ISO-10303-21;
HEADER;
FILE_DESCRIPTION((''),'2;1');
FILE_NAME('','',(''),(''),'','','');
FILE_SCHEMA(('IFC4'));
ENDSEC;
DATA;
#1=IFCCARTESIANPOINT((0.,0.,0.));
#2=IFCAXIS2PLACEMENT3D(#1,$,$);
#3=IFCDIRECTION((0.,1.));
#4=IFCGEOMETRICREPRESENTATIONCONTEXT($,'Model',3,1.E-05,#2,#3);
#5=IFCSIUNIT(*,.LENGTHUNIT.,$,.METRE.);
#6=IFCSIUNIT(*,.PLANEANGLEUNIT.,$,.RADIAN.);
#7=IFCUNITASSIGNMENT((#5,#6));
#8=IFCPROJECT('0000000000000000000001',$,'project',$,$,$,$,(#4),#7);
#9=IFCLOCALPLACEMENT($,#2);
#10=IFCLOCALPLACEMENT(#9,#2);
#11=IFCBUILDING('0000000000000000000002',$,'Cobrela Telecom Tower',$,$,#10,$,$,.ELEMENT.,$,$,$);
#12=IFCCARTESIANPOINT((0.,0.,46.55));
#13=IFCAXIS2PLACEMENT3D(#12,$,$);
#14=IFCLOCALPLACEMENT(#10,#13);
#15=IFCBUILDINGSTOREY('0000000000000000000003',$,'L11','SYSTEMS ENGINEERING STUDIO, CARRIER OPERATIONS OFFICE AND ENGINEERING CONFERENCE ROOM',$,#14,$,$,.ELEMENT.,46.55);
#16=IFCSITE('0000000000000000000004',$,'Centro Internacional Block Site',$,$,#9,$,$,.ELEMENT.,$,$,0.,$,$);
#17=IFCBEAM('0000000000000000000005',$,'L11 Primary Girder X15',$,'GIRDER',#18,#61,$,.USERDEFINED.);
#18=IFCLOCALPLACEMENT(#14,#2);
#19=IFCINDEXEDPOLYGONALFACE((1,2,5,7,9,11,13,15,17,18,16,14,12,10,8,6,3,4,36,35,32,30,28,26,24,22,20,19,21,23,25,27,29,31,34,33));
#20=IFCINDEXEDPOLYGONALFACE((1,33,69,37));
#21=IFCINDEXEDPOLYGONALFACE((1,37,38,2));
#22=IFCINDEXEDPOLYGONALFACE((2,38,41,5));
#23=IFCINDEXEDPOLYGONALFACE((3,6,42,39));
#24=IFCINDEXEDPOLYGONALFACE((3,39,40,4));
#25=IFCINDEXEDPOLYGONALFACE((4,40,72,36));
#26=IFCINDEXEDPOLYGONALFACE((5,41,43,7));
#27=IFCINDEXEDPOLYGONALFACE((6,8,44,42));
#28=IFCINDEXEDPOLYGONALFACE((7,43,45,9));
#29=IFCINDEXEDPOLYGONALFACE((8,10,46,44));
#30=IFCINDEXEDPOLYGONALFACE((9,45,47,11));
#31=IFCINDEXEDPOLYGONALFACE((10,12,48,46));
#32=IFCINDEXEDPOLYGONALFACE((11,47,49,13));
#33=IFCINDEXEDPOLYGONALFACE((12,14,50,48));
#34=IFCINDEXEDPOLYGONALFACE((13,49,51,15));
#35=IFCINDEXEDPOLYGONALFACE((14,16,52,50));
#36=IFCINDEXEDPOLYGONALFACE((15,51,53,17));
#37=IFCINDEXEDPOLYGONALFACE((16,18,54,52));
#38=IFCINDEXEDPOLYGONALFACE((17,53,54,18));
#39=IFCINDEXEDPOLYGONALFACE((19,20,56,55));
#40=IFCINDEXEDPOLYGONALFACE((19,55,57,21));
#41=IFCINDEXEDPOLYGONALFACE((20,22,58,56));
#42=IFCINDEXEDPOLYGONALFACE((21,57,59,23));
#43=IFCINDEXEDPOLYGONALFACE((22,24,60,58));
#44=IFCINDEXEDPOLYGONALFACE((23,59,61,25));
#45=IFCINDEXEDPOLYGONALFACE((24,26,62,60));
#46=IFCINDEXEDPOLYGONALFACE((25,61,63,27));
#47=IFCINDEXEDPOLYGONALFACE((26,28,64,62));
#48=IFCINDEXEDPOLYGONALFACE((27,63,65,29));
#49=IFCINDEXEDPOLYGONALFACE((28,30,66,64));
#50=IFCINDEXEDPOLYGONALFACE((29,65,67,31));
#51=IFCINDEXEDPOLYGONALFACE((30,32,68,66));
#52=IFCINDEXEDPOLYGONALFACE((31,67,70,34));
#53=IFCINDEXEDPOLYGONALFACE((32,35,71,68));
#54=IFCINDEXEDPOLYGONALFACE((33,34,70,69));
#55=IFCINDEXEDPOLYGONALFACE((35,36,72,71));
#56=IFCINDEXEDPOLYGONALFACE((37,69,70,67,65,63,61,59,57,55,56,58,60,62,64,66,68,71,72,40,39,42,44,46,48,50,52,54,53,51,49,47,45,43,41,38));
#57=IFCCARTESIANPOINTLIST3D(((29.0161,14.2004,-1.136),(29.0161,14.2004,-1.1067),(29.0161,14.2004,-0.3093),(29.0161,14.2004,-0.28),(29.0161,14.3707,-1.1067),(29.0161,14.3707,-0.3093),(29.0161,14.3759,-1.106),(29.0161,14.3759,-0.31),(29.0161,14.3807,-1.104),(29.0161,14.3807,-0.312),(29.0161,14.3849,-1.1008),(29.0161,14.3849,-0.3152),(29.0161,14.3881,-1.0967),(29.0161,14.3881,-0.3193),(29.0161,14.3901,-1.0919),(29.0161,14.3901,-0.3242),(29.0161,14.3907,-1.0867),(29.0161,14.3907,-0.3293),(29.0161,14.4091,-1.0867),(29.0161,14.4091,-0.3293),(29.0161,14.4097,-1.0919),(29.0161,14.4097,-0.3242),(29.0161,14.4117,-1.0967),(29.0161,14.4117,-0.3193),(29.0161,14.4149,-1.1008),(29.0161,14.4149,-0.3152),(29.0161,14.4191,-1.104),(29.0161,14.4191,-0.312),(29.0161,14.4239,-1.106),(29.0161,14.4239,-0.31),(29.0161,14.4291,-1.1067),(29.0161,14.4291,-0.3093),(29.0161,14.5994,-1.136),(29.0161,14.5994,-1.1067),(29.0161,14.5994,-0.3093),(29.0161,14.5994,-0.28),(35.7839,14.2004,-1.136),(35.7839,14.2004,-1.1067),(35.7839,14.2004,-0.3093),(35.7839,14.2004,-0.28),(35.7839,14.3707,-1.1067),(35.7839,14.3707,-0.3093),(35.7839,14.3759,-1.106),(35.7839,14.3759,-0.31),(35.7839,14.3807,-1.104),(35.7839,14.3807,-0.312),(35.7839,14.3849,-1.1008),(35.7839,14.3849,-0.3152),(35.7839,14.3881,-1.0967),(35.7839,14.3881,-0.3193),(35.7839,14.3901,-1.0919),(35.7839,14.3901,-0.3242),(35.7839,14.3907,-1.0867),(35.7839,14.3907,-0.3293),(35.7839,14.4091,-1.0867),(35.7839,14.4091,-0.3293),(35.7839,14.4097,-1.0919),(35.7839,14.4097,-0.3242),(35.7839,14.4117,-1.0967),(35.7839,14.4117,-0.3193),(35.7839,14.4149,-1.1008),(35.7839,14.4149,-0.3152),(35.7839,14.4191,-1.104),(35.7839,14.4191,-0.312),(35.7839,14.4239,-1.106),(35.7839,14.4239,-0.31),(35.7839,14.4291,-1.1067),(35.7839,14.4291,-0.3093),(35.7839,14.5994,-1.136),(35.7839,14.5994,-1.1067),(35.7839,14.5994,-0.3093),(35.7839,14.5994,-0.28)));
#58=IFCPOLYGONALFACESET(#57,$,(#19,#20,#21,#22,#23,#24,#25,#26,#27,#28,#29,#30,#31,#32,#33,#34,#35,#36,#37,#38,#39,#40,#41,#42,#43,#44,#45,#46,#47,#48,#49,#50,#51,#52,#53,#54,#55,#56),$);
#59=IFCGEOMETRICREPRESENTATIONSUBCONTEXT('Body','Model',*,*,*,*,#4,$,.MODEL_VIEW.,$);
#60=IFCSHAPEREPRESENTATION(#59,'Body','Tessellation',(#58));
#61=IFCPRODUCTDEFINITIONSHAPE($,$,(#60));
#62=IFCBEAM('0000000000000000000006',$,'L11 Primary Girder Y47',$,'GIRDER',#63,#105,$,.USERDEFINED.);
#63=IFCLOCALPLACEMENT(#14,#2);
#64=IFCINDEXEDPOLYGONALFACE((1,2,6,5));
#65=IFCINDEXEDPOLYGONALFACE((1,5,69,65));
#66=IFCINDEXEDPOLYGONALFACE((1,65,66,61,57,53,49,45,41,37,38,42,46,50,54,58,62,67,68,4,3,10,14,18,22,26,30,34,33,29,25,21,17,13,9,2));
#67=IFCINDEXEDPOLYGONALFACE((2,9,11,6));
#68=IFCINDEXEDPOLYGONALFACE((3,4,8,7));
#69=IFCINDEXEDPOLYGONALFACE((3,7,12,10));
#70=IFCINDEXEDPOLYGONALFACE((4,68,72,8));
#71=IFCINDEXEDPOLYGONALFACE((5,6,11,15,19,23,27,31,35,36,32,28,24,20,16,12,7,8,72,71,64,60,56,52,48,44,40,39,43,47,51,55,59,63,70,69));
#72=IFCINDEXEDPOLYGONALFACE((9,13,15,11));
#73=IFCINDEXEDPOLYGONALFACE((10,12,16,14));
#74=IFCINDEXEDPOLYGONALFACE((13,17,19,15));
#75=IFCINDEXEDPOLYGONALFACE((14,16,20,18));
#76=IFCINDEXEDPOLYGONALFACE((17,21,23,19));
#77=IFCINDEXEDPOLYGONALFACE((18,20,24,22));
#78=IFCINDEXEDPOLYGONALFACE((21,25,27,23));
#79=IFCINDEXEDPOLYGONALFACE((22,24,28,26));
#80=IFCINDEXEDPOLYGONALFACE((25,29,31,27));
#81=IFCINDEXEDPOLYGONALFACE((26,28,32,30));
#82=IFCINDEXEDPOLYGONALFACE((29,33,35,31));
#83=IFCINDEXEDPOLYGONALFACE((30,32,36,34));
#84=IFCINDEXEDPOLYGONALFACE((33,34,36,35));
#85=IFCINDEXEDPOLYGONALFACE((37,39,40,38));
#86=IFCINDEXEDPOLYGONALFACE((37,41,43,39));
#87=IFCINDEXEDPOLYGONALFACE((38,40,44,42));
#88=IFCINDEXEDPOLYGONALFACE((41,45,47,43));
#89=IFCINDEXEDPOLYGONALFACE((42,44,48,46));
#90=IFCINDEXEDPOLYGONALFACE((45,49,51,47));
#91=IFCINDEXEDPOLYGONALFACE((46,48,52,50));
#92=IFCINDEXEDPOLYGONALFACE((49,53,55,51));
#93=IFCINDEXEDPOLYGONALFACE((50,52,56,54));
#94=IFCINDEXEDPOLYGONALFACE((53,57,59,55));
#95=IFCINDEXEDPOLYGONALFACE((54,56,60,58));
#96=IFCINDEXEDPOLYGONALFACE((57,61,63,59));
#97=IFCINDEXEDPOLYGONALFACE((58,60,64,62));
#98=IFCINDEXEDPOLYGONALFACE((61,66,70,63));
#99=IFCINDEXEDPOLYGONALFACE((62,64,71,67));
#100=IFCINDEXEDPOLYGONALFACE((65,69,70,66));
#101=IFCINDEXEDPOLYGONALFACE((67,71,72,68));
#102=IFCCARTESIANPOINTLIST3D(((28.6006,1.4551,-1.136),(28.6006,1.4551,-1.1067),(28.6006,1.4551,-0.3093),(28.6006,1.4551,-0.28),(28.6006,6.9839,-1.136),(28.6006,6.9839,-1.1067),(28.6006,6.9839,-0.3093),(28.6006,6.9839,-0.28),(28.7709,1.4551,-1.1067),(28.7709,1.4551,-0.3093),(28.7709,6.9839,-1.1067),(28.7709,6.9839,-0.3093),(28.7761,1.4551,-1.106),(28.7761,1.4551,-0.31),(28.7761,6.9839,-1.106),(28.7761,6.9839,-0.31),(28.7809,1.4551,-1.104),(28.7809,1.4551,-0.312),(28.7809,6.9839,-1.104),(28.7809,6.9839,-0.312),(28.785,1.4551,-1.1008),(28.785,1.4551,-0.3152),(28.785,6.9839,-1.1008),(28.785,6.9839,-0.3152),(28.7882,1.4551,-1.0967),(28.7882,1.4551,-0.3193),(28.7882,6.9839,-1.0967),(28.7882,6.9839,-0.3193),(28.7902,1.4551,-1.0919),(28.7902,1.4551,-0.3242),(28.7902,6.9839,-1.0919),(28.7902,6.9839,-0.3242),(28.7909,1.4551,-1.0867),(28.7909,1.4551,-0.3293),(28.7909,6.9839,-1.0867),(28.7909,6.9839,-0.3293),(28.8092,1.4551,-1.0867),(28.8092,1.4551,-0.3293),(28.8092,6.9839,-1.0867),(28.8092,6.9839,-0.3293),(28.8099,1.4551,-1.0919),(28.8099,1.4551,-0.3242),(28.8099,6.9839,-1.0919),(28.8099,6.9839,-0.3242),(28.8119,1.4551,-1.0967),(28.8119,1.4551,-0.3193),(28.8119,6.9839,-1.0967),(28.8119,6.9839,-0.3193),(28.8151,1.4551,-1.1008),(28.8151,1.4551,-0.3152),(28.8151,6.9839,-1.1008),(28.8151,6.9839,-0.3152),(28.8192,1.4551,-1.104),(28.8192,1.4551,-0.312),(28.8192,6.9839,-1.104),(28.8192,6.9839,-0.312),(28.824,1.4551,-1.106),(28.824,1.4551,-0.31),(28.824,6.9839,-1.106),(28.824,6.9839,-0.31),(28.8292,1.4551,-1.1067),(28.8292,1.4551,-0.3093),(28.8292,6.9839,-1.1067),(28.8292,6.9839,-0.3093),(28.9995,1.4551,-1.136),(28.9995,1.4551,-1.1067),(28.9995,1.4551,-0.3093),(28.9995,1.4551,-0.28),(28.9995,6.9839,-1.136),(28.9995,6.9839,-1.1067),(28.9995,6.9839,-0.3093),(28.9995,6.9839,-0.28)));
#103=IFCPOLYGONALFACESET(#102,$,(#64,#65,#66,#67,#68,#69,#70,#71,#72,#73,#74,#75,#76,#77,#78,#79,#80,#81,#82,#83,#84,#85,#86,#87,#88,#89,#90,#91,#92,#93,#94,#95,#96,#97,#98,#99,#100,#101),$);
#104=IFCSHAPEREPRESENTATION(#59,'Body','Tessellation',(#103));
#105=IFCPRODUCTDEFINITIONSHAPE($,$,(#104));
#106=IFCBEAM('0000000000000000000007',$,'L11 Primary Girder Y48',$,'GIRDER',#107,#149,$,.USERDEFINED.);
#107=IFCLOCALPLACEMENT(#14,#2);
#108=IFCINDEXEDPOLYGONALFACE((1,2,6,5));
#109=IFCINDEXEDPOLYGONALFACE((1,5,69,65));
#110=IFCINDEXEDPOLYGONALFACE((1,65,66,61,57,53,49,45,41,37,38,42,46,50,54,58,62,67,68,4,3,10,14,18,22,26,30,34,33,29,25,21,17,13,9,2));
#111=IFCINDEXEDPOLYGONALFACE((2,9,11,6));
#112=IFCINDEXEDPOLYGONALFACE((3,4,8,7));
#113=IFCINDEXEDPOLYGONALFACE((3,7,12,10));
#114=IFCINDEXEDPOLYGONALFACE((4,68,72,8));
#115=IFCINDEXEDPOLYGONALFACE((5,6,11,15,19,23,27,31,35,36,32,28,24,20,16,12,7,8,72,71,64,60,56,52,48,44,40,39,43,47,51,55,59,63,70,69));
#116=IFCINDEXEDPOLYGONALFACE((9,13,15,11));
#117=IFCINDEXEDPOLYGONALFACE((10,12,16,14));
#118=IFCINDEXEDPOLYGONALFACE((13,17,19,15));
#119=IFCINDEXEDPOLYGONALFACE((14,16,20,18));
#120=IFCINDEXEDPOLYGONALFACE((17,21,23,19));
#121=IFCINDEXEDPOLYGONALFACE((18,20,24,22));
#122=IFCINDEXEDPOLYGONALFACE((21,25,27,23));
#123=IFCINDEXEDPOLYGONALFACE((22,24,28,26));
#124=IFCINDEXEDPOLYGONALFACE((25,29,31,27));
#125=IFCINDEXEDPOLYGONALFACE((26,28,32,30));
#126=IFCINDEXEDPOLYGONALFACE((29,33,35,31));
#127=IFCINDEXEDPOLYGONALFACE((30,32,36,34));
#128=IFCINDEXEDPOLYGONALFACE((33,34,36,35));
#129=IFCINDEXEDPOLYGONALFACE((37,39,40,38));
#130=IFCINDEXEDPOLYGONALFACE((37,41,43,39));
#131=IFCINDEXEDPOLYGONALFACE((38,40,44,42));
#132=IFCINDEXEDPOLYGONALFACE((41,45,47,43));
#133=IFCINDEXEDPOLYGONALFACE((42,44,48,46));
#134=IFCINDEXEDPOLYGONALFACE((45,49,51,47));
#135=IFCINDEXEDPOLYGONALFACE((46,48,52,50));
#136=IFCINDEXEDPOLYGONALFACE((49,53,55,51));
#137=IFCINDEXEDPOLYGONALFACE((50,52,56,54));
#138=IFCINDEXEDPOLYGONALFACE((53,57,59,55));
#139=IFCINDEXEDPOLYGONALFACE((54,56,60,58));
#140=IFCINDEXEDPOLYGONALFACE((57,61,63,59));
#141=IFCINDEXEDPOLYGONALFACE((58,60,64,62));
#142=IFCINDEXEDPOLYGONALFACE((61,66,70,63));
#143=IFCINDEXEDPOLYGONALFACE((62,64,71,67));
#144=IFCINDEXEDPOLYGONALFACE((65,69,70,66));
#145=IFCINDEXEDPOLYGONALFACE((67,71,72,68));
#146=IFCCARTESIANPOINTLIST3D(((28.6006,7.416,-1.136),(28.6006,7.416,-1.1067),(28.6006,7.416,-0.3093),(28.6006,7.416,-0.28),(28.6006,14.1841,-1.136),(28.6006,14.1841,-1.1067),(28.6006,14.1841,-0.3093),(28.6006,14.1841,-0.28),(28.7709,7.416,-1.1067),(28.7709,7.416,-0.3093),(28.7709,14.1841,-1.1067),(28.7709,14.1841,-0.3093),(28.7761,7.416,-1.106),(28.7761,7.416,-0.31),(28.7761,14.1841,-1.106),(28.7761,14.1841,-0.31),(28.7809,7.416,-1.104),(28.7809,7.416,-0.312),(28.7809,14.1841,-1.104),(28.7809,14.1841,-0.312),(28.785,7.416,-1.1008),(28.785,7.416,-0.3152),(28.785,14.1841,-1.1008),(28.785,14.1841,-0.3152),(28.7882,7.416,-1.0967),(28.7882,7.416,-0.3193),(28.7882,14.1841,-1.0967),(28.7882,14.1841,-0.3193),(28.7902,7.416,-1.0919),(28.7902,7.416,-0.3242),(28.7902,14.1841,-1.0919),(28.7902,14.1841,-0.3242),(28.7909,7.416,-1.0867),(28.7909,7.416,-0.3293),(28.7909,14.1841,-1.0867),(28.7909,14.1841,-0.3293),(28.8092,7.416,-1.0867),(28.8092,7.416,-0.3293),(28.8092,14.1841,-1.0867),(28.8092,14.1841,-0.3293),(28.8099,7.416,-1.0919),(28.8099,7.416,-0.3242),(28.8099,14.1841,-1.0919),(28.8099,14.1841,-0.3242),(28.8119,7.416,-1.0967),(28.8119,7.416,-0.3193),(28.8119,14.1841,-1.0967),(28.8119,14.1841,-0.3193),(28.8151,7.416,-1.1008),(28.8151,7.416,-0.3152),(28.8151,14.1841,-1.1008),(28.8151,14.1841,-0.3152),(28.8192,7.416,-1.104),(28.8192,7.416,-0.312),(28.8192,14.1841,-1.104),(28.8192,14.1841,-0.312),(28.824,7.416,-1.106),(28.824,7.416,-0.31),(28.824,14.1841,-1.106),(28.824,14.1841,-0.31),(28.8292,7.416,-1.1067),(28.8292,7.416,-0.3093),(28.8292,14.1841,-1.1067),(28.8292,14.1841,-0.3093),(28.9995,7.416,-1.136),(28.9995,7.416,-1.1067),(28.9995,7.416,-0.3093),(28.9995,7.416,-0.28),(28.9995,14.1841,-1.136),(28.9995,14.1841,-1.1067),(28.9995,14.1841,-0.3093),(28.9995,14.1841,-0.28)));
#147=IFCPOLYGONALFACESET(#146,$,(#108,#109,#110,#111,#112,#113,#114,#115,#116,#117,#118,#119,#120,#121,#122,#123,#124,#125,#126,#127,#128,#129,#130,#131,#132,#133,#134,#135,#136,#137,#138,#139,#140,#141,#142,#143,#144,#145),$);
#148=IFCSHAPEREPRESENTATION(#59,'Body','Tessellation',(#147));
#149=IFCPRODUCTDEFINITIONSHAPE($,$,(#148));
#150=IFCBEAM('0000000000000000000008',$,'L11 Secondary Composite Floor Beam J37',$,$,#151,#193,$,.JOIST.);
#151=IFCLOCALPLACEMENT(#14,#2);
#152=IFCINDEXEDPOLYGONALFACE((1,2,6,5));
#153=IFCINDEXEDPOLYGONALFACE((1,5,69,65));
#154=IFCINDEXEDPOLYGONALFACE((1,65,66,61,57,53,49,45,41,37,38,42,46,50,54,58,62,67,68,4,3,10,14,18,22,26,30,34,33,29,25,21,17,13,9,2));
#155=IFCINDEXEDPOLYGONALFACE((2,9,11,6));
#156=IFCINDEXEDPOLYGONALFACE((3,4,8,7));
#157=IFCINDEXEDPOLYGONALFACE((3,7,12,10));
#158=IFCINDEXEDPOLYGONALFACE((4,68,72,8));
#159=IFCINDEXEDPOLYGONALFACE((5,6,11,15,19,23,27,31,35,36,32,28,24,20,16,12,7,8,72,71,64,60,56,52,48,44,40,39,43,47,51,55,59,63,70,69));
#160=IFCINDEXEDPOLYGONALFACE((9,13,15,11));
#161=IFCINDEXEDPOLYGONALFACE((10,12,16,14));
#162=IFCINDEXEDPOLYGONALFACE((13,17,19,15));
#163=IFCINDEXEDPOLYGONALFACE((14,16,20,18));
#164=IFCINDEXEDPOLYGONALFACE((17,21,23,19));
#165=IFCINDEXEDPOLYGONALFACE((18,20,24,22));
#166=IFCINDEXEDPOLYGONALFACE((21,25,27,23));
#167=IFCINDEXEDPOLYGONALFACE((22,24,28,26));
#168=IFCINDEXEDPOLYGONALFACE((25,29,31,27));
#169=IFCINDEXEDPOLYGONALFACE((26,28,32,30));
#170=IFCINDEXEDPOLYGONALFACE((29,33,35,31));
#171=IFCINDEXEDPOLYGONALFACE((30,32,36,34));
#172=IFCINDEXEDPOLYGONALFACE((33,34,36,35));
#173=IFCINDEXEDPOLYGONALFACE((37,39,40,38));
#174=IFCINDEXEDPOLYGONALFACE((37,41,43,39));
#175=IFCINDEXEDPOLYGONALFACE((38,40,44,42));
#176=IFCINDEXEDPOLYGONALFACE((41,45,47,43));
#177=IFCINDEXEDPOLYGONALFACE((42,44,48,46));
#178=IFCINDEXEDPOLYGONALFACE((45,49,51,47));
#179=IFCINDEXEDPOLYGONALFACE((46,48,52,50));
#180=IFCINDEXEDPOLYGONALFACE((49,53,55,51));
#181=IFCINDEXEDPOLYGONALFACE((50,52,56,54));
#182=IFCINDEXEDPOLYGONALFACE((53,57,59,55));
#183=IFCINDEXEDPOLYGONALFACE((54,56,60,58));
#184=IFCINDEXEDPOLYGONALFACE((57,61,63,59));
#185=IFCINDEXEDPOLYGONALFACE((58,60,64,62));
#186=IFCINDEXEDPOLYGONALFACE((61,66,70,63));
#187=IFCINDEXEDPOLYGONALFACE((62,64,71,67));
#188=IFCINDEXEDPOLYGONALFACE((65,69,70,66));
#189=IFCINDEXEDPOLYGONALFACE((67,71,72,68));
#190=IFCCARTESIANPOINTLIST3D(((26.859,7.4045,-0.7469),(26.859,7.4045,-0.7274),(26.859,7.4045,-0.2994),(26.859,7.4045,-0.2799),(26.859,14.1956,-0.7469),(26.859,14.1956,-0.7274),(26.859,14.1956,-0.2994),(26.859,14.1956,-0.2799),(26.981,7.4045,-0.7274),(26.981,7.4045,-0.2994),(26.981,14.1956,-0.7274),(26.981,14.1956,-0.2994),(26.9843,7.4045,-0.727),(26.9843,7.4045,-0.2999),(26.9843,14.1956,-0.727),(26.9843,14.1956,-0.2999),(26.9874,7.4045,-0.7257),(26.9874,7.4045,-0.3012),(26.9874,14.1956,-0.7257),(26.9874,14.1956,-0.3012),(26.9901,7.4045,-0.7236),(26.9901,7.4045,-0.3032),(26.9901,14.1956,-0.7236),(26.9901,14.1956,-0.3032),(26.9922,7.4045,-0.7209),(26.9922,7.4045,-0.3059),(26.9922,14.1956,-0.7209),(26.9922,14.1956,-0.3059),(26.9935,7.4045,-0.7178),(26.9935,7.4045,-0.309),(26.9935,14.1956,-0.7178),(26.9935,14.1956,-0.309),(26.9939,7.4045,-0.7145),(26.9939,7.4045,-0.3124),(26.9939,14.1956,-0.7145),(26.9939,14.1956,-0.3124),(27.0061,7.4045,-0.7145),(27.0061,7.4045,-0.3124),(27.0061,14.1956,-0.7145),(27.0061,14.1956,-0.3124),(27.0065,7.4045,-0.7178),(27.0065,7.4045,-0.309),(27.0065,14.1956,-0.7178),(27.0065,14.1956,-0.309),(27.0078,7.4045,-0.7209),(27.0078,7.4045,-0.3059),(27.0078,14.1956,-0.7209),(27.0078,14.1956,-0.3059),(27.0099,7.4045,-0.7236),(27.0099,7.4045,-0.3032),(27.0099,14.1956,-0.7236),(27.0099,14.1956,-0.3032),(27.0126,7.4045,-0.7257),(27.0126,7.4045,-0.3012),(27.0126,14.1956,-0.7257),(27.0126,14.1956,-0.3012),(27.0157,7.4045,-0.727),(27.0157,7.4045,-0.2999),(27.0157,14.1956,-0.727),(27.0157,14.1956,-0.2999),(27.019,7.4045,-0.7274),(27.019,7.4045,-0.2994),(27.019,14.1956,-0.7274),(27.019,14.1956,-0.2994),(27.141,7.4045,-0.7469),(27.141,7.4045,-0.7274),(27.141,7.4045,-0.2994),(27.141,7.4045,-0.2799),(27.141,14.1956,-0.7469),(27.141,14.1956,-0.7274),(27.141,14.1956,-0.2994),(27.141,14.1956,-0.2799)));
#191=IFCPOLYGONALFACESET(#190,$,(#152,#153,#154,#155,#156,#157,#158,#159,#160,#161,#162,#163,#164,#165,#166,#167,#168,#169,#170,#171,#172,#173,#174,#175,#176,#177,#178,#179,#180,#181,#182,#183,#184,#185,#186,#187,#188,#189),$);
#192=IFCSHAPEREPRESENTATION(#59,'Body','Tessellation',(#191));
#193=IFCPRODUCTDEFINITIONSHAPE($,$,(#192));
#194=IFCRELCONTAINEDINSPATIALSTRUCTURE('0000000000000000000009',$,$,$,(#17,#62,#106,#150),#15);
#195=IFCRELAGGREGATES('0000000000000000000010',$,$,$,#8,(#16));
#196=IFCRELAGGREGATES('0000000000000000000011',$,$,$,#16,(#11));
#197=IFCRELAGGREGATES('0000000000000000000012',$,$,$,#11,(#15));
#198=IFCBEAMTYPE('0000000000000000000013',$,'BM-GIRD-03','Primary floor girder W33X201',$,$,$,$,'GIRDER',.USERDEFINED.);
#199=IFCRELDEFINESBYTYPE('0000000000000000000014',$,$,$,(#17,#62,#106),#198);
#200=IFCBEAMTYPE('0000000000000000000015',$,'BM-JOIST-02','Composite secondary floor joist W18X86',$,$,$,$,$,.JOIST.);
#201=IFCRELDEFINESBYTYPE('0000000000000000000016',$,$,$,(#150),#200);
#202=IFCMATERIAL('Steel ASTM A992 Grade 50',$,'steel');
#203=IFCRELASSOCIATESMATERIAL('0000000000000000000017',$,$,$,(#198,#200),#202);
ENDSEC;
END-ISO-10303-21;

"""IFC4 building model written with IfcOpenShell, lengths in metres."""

from ifc_helpers import new_model, si_unit, direction, frame, origin, origin_2d, place, context, subcontext, project, spatial, i_section, extrude, material, material_profile, profile_set, type_object, element, save


model = new_model("IFC4")

# Units and contexts
model_context = context("Model", 3, precision=1e-05, world=origin(), true_north=direction((0.0, 1.0)))
body_context = subcontext(model_context, "Body", "Model", "MODEL_VIEW")
ifc_project = project(units=[si_unit("LENGTHUNIT", "METRE"), si_unit("PLANEANGLEUNIT", "RADIAN")], contexts=[model_context])

# Site, building, storey
site_placement = place(None, origin())
site = spatial("IfcSite", under=ifc_project, at=site_placement, Name="Centro Internacional Block Site", CompositionType="ELEMENT", RefElevation=0.0)
building_placement = place(site_placement, origin())
building = spatial("IfcBuilding", under=site, at=building_placement, Name="Cobrela Telecom Tower", CompositionType="ELEMENT")
storey_placement = place(building_placement, frame((0.0, 0.0, 46.55)))
storey = spatial("IfcBuildingStorey", under=building, at=storey_placement, Name="L11", Description="SYSTEMS ENGINEERING STUDIO, CARRIER OPERATIONS OFFICE AND ENGINEERING CONFERENCE ROOM", CompositionType="ELEMENT", Elevation=46.55)

# Shared definitions
ifc_material_1 = material(Name="Steel ASTM A992 Grade 50", Category="steel")

# Beams
ifc_material_profile_1 = material_profile(ifc_material_1, i_section(OverallWidth=0.3989, OverallDepth=0.856, WebThickness=0.0183, FlangeThickness=0.0293, FilletRadius=0.02, at=origin_2d()), Name="W33X201")
ifc_profile_set_1 = profile_set([ifc_material_profile_1], Name="Steel ASTM A992 Grade 50")
beam_type_1 = type_object("IfcBeamType", Name="BM-GIRD-03", Description="Primary floor girder W33X201", ElementType="GIRDER", PredefinedType="USERDEFINED", material=ifc_profile_set_1)
for number, where, z_axis, x_axis, name in (
    (1, (29.0161, 14.3999, -0.708), (1.0, 0.0, 0.0), (0.0, 1.0, 0.0), "L11 Primary Girder X15"),
):
    element("IfcBeam", number, at=place(storey_placement, frame(where, z_axis=z_axis, x_axis=x_axis)), inside=storey, type_object=beam_type_1, Name=name, ObjectType="GIRDER", PredefinedType="USERDEFINED", context=body_context, shape_type="SweptSolid", body=[
        extrude(i_section(OverallWidth=0.3989, OverallDepth=0.856, WebThickness=0.0183, FlangeThickness=0.0293, FilletRadius=0.02, at=origin_2d()), origin(), (0.0, 0.0, 1.0), 6.7678),
    ])
beam_1_placement = place(storey_placement, frame((28.8, 1.4551, -0.708), z_axis=(0.0, 1.0, 0.0), x_axis=(-1.0, 0.0, 0.0)))
element("IfcBeam", 2, at=beam_1_placement, inside=storey, type_object=beam_type_1, Name="L11 Primary Girder Y47", ObjectType="GIRDER", PredefinedType="USERDEFINED", context=body_context, shape_type="SweptSolid", body=[
    extrude(i_section(OverallWidth=0.3989, OverallDepth=0.856, WebThickness=0.0183, FlangeThickness=0.0293, FilletRadius=0.02, at=origin_2d()), origin(), (0.0, 0.0, 1.0), 5.5288),
])
beam_2_placement = place(storey_placement, frame((28.8, 7.416, -0.708), z_axis=(0.0, 1.0, 0.0), x_axis=(-1.0, 0.0, 0.0)))
element("IfcBeam", 3, at=beam_2_placement, inside=storey, type_object=beam_type_1, Name="L11 Primary Girder Y48", ObjectType="GIRDER", PredefinedType="USERDEFINED", context=body_context, shape_type="SweptSolid", body=[
    extrude(i_section(OverallWidth=0.3989, OverallDepth=0.856, WebThickness=0.0183, FlangeThickness=0.0293, FilletRadius=0.02, at=origin_2d()), origin(), (0.0, 0.0, 1.0), 6.7681),
])
ifc_material_profile_2 = material_profile(ifc_material_1, i_section(OverallWidth=0.282, OverallDepth=0.467, WebThickness=0.0122, FlangeThickness=0.0195, FilletRadius=0.0129, at=origin_2d()), Name="W18X86")
ifc_profile_set_2 = profile_set([ifc_material_profile_2], Name="Steel ASTM A992 Grade 50")
beam_type_2 = type_object("IfcBeamType", Name="BM-JOIST-02", Description="Composite secondary floor joist W18X86", PredefinedType="JOIST", material=ifc_profile_set_2)
beam_3_placement = place(storey_placement, frame((27.0, 7.4045, -0.5134), z_axis=(0.0, 1.0, 0.0), x_axis=(-1.0, 0.0, 0.0)))
element("IfcBeam", 4, at=beam_3_placement, inside=storey, type_object=beam_type_2, Name="L11 Secondary Composite Floor Beam J37", PredefinedType="JOIST", context=body_context, shape_type="SweptSolid", body=[
    extrude(i_section(OverallWidth=0.282, OverallDepth=0.467, WebThickness=0.0122, FlangeThickness=0.0195, FilletRadius=0.0129, at=origin_2d()), origin(), (0.0, 0.0, 1.0), 6.791),
])

save(model, "model.ifc")
